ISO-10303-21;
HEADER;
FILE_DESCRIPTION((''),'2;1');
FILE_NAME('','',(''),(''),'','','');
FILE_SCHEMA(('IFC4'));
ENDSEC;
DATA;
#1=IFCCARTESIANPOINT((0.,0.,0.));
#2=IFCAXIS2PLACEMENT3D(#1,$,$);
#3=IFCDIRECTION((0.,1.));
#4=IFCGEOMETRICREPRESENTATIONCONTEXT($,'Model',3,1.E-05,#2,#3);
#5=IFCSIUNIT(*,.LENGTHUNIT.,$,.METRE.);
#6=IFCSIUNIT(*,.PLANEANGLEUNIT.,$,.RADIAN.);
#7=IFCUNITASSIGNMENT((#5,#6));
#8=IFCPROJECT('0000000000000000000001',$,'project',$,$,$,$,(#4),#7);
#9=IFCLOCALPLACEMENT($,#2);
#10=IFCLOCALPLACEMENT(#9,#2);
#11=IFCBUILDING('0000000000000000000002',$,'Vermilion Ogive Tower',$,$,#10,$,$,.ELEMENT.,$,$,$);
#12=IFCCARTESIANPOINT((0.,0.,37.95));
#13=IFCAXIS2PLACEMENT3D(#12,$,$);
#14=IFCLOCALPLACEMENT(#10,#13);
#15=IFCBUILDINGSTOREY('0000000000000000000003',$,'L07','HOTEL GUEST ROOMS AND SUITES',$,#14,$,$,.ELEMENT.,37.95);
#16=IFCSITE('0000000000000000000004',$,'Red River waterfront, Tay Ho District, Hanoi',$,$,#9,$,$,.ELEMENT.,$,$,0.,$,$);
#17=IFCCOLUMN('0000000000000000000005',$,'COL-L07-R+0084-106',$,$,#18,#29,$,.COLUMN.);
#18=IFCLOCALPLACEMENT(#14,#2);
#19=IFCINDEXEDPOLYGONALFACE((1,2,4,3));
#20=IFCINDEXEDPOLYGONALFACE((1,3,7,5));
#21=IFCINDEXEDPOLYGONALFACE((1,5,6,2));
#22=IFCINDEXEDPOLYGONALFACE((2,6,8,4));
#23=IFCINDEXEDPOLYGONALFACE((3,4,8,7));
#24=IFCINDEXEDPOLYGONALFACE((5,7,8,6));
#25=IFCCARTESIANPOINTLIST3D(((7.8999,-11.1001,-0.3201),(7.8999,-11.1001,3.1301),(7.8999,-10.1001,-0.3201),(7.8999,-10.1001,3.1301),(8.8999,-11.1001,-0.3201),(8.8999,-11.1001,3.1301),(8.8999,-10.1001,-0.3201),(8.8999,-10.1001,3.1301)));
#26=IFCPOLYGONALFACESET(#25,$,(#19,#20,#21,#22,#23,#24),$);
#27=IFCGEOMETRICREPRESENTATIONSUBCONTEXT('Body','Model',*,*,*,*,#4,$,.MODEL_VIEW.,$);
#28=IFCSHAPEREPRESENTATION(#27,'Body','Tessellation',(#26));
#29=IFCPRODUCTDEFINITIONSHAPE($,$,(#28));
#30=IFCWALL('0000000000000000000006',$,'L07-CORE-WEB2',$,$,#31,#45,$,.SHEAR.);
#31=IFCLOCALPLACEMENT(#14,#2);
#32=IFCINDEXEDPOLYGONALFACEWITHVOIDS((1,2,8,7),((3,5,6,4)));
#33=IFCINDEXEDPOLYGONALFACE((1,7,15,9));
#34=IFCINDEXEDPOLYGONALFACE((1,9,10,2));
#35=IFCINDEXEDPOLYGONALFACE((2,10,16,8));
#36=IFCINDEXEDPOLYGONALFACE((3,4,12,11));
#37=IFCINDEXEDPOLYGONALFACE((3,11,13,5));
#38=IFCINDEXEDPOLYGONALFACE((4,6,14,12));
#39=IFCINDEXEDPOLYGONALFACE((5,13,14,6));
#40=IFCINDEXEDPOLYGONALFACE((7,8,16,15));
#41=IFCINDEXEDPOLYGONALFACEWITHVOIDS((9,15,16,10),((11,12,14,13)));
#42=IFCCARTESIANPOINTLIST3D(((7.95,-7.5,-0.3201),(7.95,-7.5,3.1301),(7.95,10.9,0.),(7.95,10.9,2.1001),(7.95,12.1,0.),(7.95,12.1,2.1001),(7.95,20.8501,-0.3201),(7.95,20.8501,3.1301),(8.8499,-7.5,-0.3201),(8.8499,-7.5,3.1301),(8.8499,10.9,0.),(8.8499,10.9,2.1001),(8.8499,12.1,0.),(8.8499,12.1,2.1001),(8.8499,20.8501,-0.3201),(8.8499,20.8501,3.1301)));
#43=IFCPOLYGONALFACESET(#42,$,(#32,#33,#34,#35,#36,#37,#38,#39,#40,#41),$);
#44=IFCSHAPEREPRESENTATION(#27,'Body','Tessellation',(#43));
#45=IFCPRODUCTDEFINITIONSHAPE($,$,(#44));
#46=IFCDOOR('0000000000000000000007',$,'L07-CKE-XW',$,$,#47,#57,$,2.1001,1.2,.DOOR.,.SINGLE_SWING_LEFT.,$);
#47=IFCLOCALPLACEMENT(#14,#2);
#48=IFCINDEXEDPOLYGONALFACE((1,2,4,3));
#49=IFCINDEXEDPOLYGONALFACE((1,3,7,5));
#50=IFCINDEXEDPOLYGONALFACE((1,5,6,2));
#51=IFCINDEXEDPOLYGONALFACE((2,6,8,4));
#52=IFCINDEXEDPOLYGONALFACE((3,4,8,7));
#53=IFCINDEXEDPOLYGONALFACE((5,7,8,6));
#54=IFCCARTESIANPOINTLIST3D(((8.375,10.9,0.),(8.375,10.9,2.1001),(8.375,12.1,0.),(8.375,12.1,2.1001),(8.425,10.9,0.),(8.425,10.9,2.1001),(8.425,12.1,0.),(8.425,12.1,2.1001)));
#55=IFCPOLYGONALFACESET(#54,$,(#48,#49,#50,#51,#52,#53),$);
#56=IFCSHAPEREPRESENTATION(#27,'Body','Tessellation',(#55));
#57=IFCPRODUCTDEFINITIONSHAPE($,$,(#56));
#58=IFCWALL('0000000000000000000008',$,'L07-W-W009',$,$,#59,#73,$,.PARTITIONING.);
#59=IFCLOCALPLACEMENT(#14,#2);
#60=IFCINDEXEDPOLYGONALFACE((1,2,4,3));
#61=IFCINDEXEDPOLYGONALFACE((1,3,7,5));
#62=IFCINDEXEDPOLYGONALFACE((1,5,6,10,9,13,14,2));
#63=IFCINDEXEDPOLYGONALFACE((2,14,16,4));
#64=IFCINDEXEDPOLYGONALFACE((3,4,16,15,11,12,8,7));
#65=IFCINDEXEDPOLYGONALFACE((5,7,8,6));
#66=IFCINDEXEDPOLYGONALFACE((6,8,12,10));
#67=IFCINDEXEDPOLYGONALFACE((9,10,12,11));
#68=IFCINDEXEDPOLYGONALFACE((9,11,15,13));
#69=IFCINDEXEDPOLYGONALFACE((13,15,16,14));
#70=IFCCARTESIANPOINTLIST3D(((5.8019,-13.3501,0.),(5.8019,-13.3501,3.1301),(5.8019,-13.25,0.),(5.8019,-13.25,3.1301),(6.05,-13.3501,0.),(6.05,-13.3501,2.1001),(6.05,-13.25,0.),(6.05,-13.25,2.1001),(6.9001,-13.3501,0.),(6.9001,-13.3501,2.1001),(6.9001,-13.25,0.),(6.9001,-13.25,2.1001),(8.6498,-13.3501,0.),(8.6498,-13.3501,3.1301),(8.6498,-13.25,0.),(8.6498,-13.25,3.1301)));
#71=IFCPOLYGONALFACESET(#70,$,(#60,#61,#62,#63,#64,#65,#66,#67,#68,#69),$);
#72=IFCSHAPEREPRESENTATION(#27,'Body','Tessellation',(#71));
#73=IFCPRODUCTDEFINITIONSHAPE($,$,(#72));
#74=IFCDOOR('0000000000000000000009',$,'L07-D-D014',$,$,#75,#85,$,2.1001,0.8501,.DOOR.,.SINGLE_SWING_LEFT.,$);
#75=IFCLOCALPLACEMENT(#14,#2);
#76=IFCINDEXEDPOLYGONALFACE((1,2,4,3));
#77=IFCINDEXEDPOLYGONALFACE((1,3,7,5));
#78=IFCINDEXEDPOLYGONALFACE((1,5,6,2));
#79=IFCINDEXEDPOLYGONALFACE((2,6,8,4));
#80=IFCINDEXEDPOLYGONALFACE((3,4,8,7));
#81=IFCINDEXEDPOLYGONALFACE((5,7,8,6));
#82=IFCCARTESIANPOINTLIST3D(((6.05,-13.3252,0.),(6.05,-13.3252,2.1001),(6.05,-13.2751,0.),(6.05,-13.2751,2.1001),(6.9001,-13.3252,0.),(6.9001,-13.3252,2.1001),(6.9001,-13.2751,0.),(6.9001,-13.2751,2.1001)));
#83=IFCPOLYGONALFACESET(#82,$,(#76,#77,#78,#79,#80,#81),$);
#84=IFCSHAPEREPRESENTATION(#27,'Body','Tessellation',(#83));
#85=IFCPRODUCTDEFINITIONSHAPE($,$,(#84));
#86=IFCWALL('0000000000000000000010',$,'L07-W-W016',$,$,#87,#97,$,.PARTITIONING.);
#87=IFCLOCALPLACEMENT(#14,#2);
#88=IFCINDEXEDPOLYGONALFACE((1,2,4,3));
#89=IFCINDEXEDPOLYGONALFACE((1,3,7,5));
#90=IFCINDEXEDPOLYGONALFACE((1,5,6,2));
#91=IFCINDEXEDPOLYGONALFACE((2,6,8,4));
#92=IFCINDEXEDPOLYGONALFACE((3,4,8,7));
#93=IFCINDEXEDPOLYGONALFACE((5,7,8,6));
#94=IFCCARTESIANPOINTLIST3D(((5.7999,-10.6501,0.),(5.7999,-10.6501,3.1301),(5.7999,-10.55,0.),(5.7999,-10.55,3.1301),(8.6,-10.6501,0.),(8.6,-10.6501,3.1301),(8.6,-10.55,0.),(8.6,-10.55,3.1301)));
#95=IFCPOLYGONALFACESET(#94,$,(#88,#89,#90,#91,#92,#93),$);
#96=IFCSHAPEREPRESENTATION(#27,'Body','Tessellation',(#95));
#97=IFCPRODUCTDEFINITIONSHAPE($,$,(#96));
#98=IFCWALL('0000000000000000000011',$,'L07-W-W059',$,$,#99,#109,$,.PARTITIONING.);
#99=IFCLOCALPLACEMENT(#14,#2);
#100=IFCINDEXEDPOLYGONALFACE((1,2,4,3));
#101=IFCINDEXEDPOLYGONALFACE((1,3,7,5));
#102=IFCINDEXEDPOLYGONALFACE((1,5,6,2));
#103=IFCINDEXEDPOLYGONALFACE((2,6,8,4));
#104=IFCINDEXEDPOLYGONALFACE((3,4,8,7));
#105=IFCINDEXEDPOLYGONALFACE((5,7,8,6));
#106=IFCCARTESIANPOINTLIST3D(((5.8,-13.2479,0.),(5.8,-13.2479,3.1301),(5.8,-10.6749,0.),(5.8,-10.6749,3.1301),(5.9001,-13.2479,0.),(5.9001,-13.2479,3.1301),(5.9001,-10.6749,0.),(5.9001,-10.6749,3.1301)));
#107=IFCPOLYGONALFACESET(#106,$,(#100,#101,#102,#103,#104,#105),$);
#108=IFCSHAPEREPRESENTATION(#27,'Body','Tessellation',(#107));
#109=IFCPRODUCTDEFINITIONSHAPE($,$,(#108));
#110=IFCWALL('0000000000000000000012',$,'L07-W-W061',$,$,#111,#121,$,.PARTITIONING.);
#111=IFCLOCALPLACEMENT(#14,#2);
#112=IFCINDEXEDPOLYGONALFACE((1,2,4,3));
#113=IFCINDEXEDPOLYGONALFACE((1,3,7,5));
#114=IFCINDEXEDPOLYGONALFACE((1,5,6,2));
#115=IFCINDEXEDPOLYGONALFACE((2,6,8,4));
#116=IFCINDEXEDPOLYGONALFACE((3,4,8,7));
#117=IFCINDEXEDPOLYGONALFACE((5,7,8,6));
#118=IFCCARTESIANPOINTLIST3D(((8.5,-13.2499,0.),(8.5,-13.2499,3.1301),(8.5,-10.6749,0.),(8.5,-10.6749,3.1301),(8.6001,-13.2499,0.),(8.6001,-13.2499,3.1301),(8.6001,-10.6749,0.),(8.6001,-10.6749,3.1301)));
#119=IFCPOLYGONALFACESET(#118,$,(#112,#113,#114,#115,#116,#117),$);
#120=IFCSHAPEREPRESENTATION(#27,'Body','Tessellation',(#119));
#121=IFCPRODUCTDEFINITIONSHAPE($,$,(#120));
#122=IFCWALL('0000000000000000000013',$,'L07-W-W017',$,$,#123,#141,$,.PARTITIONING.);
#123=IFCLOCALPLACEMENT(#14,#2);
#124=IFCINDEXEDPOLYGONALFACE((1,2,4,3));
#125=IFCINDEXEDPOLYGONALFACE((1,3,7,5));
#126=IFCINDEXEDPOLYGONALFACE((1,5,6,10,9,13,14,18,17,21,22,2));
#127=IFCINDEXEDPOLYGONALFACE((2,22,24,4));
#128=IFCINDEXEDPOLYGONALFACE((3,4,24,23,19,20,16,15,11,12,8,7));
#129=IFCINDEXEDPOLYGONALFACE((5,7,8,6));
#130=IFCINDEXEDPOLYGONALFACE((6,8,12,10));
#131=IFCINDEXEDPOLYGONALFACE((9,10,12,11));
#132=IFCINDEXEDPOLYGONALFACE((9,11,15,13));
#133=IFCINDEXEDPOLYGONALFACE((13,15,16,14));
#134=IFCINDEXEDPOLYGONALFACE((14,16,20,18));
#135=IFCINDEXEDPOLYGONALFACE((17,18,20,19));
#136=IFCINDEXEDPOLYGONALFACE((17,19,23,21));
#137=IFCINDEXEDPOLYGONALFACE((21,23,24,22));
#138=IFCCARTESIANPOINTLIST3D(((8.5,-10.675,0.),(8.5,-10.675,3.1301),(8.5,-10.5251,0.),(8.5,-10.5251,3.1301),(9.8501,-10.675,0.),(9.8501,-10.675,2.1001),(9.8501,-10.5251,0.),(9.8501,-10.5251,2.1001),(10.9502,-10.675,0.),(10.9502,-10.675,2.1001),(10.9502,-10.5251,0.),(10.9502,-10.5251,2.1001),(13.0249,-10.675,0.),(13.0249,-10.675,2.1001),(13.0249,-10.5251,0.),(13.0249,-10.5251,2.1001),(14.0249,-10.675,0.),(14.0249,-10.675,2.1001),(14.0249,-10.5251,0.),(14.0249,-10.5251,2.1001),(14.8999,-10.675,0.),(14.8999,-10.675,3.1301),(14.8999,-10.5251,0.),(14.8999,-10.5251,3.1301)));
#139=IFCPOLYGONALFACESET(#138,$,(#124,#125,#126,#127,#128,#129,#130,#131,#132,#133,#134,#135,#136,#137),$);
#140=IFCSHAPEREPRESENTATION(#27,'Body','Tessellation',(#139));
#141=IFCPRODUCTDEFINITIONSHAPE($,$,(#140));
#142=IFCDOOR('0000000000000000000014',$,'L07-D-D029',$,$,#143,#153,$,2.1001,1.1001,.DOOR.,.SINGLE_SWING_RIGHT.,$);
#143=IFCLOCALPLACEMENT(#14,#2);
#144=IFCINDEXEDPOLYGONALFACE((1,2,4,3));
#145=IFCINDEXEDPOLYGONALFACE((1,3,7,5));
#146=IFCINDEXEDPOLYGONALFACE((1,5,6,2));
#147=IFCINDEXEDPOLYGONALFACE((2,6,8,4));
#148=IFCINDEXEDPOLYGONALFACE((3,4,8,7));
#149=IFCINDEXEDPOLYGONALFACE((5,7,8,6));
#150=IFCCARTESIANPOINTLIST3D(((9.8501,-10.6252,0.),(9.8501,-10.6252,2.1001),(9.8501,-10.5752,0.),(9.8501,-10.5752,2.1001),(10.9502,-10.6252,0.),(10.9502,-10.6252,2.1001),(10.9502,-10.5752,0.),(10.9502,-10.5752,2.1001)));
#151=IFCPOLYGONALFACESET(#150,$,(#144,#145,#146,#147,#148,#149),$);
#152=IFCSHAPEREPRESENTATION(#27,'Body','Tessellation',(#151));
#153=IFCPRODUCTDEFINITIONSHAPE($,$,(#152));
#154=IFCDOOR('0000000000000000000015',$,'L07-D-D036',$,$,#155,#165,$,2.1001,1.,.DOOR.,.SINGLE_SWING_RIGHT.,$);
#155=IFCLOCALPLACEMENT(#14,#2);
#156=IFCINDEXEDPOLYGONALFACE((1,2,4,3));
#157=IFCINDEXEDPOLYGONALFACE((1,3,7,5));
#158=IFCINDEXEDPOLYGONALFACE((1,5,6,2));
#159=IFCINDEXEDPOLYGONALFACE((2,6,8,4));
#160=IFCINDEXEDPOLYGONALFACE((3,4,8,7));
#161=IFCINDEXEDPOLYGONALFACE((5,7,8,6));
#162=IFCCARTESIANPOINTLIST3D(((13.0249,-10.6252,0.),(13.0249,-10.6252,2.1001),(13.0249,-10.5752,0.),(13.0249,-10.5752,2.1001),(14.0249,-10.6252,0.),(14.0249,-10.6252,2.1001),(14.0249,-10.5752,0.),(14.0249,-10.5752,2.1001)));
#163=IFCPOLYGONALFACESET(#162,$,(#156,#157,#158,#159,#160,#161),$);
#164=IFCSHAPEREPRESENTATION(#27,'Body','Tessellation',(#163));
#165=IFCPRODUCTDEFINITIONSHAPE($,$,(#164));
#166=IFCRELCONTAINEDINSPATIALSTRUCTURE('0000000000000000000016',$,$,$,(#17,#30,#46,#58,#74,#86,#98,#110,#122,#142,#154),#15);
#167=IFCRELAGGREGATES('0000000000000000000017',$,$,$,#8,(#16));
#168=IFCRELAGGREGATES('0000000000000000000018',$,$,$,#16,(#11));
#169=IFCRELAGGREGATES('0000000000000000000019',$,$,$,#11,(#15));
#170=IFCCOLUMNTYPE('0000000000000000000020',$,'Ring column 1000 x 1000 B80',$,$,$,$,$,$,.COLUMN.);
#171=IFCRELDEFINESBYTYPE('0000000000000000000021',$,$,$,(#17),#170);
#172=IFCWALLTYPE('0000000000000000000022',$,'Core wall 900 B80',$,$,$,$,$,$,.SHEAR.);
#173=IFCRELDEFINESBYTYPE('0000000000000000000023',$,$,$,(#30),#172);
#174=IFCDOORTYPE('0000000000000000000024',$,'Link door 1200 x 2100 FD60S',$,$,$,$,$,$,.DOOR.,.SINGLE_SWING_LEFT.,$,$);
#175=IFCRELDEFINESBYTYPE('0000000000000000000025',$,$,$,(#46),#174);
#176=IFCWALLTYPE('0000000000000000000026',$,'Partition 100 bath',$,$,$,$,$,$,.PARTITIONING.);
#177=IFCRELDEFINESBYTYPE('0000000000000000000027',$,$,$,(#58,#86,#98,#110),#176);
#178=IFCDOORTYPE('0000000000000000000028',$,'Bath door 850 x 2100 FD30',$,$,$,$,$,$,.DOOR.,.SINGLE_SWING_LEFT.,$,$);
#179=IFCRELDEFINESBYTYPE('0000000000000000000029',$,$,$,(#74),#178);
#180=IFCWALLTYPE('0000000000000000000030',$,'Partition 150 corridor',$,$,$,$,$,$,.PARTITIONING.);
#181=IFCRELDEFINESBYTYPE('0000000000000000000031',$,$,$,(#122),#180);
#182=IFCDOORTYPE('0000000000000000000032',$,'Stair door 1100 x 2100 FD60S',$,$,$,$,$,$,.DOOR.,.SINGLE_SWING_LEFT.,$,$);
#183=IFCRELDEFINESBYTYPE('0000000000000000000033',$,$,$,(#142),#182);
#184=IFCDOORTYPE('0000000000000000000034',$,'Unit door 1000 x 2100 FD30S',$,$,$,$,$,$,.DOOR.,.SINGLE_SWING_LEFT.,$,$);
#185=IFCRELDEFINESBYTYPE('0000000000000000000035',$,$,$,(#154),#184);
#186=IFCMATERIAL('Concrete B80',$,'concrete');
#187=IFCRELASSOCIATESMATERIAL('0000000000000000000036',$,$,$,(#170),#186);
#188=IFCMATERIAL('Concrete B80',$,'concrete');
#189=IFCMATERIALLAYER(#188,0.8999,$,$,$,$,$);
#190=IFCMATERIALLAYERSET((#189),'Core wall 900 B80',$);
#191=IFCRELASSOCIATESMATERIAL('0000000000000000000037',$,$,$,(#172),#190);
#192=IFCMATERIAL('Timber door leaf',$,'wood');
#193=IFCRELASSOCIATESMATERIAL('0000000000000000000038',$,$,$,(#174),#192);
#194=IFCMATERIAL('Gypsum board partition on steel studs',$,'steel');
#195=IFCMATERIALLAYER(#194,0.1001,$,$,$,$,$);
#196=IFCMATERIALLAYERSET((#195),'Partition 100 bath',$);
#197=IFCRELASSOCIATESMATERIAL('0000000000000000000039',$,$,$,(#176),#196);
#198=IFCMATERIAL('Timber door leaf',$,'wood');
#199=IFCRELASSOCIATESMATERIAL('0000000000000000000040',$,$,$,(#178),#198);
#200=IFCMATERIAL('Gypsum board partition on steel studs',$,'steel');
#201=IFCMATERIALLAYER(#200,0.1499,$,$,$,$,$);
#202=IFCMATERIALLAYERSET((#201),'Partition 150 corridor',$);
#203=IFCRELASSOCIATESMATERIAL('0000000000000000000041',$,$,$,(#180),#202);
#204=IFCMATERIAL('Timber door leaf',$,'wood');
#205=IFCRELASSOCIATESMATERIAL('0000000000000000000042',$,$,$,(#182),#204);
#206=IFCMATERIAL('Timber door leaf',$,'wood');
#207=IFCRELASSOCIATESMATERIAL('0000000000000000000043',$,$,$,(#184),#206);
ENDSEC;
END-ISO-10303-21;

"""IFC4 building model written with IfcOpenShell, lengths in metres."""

from ifc_helpers import new_model, si_unit, direction, frame, frame_2d, origin, origin_2d, place, context, subcontext, project, spatial, rectangle, extrude, material, layer, layer_set, material_profile, profile_set, type_object, element, fill, save


model = new_model("IFC4")

# Units and contexts
model_context = context("Model", 3, precision=1e-05, world=origin(), true_north=direction((0.0, 1.0)))
body_context = subcontext(model_context, "Body", "Model", "MODEL_VIEW")
ifc_project = project(units=[si_unit("LENGTHUNIT", "METRE"), si_unit("PLANEANGLEUNIT", "RADIAN")], contexts=[model_context])

# Site, building, storey
site_placement = place(None, origin())
site = spatial("IfcSite", under=ifc_project, at=site_placement, Name="Red River waterfront, Tay Ho District, Hanoi", CompositionType="ELEMENT", RefElevation=0.0)
building_placement = place(site_placement, origin())
building = spatial("IfcBuilding", under=site, at=building_placement, Name="Vermilion Ogive Tower", CompositionType="ELEMENT")
storey_placement = place(building_placement, frame((0.0, 0.0, 37.95)))
storey = spatial("IfcBuildingStorey", under=building, at=storey_placement, Name="L07", Description="HOTEL GUEST ROOMS AND SUITES", CompositionType="ELEMENT", Elevation=37.95)

# Column
ifc_material_1 = material(Name="Concrete B80", Category="concrete")
ifc_material_profile = material_profile(ifc_material_1, rectangle(XDim=1.0, YDim=1.0, at=origin_2d()), Name="1000 x 1000")
ifc_profile_set = profile_set([ifc_material_profile], Name="Concrete B80")
column_type = type_object("IfcColumnType", Name="Ring column 1000 x 1000 B80", PredefinedType="COLUMN", material=ifc_profile_set)
column_placement = place(storey_placement, frame((8.3999, -10.6001, -0.3201), z_axis=(0.0, 0.0, 1.0), x_axis=(1.0, 0.0, 0.0)))
element("IfcColumn", 1, at=column_placement, inside=storey, type_object=column_type, Name="COL-L07-R+0084-106", PredefinedType="COLUMN", context=body_context, shape_type="SweptSolid", body=[
    extrude(rectangle(XDim=1.0, YDim=1.0, at=origin_2d()), origin(), (0.0, 0.0, 1.0), 3.4502),
])

# Walls, openings, doors
ifc_material_2 = material(Name="Concrete B80", Category="concrete")
ifc_layer_1 = layer(ifc_material_2, 0.8999)
ifc_layer_set_1 = layer_set([ifc_layer_1], Name="Core wall 900 B80")
wall_type_1 = type_object("IfcWallType", Name="Core wall 900 B80", PredefinedType="SHEAR", material=ifc_layer_set_1)
wall_1_placement = place(storey_placement, frame((8.3999, -7.5, -0.3201), z_axis=(0.0, 0.0, 1.0), x_axis=(0.0, 1.0, 0.0)))
wall_1 = element("IfcWall", 2, at=wall_1_placement, inside=storey, type_object=wall_type_1, Name="L07-CORE-WEB2", PredefinedType="SHEAR", context=body_context, shape_type="SweptSolid", body=[
    extrude(rectangle(XDim=28.3501, YDim=0.8999, at=frame_2d((14.175, 0.0))), origin(), (0.0, 0.0, 1.0), 3.4502),
])
opening_1_placement = place(wall_1_placement, frame((18.3999, 0.0, 0.3201)))
opening_1 = element("IfcOpeningElement", 3, at=opening_1_placement, cuts=wall_1, PredefinedType="OPENING", context=body_context, shape_type="SweptSolid", body=[
    extrude(rectangle(XDim=1.2, YDim=2.1001, at=frame_2d((0.6001, 1.05))), frame((0.0, 0.46, 0.0), z_axis=(0.0, -1.0, 0.0), x_axis=(1.0, 0.0, 0.0)), (0.0, 0.0, 1.0), 0.9199),
])
ifc_material_3 = material(Name="Timber door leaf", Category="wood")
door_type_1 = type_object("IfcDoorType", Name="Link door 1200 x 2100 FD60S", OperationType="SINGLE_SWING_LEFT", PredefinedType="DOOR", material=ifc_material_3)
door_1_placement = place(opening_1_placement, origin())
door_1 = element("IfcDoor", 4, at=door_1_placement, inside=storey, type_object=door_type_1, Name="L07-CKE-XW", OperationType="SINGLE_SWING_LEFT", OverallHeight=2.1001, OverallWidth=1.2, PredefinedType="DOOR", context=body_context, shape_type="SweptSolid", body=[
    extrude(rectangle(XDim=1.2, YDim=2.1001, at=frame_2d((0.6001, 1.05))), frame((0.0, 0.0249, 0.0), z_axis=(0.0, -1.0, 0.0), x_axis=(1.0, 0.0, 0.0)), (0.0, 0.0, 1.0), 0.05),
])
fill(opening_1, door_1)
ifc_material_4 = material(Name="Gypsum board partition on steel studs", Category="steel")
ifc_layer_2 = layer(ifc_material_4, 0.1001)
ifc_layer_set_2 = layer_set([ifc_layer_2], Name="Partition 100 bath")
wall_type_2 = type_object("IfcWallType", Name="Partition 100 bath", PredefinedType="PARTITIONING", material=ifc_layer_set_2)
wall_2_placement = place(storey_placement, frame((5.802, -13.3, 0.0), z_axis=(0.0, 0.0, 1.0), x_axis=(1.0, 0.0, 0.0)))
wall_2 = element("IfcWall", 5, at=wall_2_placement, inside=storey, type_object=wall_type_2, Name="L07-W-W009", PredefinedType="PARTITIONING", context=body_context, shape_type="SweptSolid", body=[
    extrude(rectangle(XDim=2.8479, YDim=0.1001, at=frame_2d((1.4238, 0.0))), origin(), (0.0, 0.0, 1.0), 3.1301),
])
opening_2_placement = place(wall_2_placement, frame((0.248, 0.0, 0.0)))
opening_2 = element("IfcOpeningElement", 6, at=opening_2_placement, cuts=wall_2, PredefinedType="OPENING", context=body_context, shape_type="SweptSolid", body=[
    extrude(rectangle(XDim=0.8501, YDim=2.1001, at=frame_2d((0.425, 1.05))), frame((0.0, 0.0601, 0.0), z_axis=(0.0, -1.0, 0.0), x_axis=(1.0, 0.0, 0.0)), (0.0, 0.0, 1.0), 0.1201),
])
ifc_material_5 = material(Name="Timber door leaf", Category="wood")
door_type_2 = type_object("IfcDoorType", Name="Bath door 850 x 2100 FD30", OperationType="SINGLE_SWING_LEFT", PredefinedType="DOOR", material=ifc_material_5)
door_2_placement = place(opening_2_placement, origin())
door_2 = element("IfcDoor", 7, at=door_2_placement, inside=storey, type_object=door_type_2, Name="L07-D-D014", OperationType="SINGLE_SWING_LEFT", OverallHeight=2.1001, OverallWidth=0.8501, PredefinedType="DOOR", context=body_context, shape_type="SweptSolid", body=[
    extrude(rectangle(XDim=0.8501, YDim=2.1001, at=frame_2d((0.425, 1.05))), frame((0.0, 0.0249, 0.0), z_axis=(0.0, -1.0, 0.0), x_axis=(1.0, 0.0, 0.0)), (0.0, 0.0, 1.0), 0.05),
])
fill(opening_2, door_2)

# Walls
wall_3_placement = place(storey_placement, frame((5.8, -10.6001, 0.0), z_axis=(0.0, 0.0, 1.0), x_axis=(1.0, 0.0, 0.0)))
element("IfcWall", 8, at=wall_3_placement, inside=storey, type_object=wall_type_2, Name="L07-W-W016", PredefinedType="PARTITIONING", context=body_context, shape_type="SweptSolid", body=[
    extrude(rectangle(XDim=2.8, YDim=0.1001, at=frame_2d((1.3999, 0.0))), origin(), (0.0, 0.0, 1.0), 3.1301),
])
wall_4_placement = place(storey_placement, frame((5.8501, -13.248, 0.0), z_axis=(0.0, 0.0, 1.0), x_axis=(0.0, 1.0, 0.0)))
element("IfcWall", 9, at=wall_4_placement, inside=storey, type_object=wall_type_2, Name="L07-W-W059", PredefinedType="PARTITIONING", context=body_context, shape_type="SweptSolid", body=[
    extrude(rectangle(XDim=2.573, YDim=0.1001, at=frame_2d((1.2866, 0.0))), origin(), (0.0, 0.0, 1.0), 3.1301),
])
wall_5_placement = place(storey_placement, frame((8.55, -13.25, 0.0), z_axis=(0.0, 0.0, 1.0), x_axis=(0.0, 1.0, 0.0)))
element("IfcWall", 10, at=wall_5_placement, inside=storey, type_object=wall_type_2, Name="L07-W-W061", PredefinedType="PARTITIONING", context=body_context, shape_type="SweptSolid", body=[
    extrude(rectangle(XDim=2.575, YDim=0.1001, at=frame_2d((1.2876, 0.0))), origin(), (0.0, 0.0, 1.0), 3.1301),
])

# Wall, openings, doors
ifc_material_6 = material(Name="Gypsum board partition on steel studs", Category="steel")
ifc_layer_3 = layer(ifc_material_6, 0.1499)
ifc_layer_set_3 = layer_set([ifc_layer_3], Name="Partition 150 corridor")
wall_type_3 = type_object("IfcWallType", Name="Partition 150 corridor", PredefinedType="PARTITIONING", material=ifc_layer_set_3)
wall_6_placement = place(storey_placement, frame((8.5, -10.6001, 0.0), z_axis=(0.0, 0.0, 1.0), x_axis=(1.0, 0.0, 0.0)))
wall_6 = element("IfcWall", 11, at=wall_6_placement, inside=storey, type_object=wall_type_3, Name="L07-W-W017", PredefinedType="PARTITIONING", context=body_context, shape_type="SweptSolid", body=[
    extrude(rectangle(XDim=6.3999, YDim=0.1499, at=frame_2d((3.2, 0.0))), origin(), (0.0, 0.0, 1.0), 3.1301),
])
opening_3_placement = place(wall_6_placement, frame((1.3501, 0.0, 0.0)))
opening_3 = element("IfcOpeningElement", 12, at=opening_3_placement, cuts=wall_6, PredefinedType="OPENING", context=body_context, shape_type="SweptSolid", body=[
    extrude(rectangle(XDim=1.1001, YDim=2.1001, at=frame_2d((0.55, 1.05))), frame((0.0, 0.085, 0.0), z_axis=(0.0, -1.0, 0.0), x_axis=(1.0, 0.0, 0.0)), (0.0, 0.0, 1.0), 0.1699),
])
opening_4_placement = place(wall_6_placement, frame((4.5249, 0.0, 0.0)))
opening_4 = element("IfcOpeningElement", 13, at=opening_4_placement, cuts=wall_6, PredefinedType="OPENING", context=body_context, shape_type="SweptSolid", body=[
    extrude(rectangle(XDim=1.0, YDim=2.1001, at=frame_2d((0.5, 1.05))), frame((0.0, 0.085, 0.0), z_axis=(0.0, -1.0, 0.0), x_axis=(1.0, 0.0, 0.0)), (0.0, 0.0, 1.0), 0.1699),
])
ifc_material_7 = material(Name="Timber door leaf", Category="wood")
door_type_3 = type_object("IfcDoorType", Name="Stair door 1100 x 2100 FD60S", OperationType="SINGLE_SWING_LEFT", PredefinedType="DOOR", material=ifc_material_7)
door_3_placement = place(opening_3_placement, origin())
door_3 = element("IfcDoor", 14, at=door_3_placement, inside=storey, type_object=door_type_3, Name="L07-D-D029", OperationType="SINGLE_SWING_RIGHT", OverallHeight=2.1001, OverallWidth=1.1001, PredefinedType="DOOR", context=body_context, shape_type="SweptSolid", body=[
    extrude(rectangle(XDim=1.1001, YDim=2.1001, at=frame_2d((0.55, 1.05))), frame((0.0, 0.0249, 0.0), z_axis=(0.0, -1.0, 0.0), x_axis=(1.0, 0.0, 0.0)), (0.0, 0.0, 1.0), 0.05),
])
fill(opening_3, door_3)
ifc_material_8 = material(Name="Timber door leaf", Category="wood")
door_type_4 = type_object("IfcDoorType", Name="Unit door 1000 x 2100 FD30S", OperationType="SINGLE_SWING_LEFT", PredefinedType="DOOR", material=ifc_material_8)
door_4_placement = place(opening_4_placement, origin())
door_4 = element("IfcDoor", 15, at=door_4_placement, inside=storey, type_object=door_type_4, Name="L07-D-D036", OperationType="SINGLE_SWING_RIGHT", OverallHeight=2.1001, OverallWidth=1.0, PredefinedType="DOOR", context=body_context, shape_type="SweptSolid", body=[
    extrude(rectangle(XDim=1.0, YDim=2.1001, at=frame_2d((0.5, 1.05))), frame((0.0, 0.0249, 0.0), z_axis=(0.0, -1.0, 0.0), x_axis=(1.0, 0.0, 0.0)), (0.0, 0.0, 1.0), 0.05),
])
fill(opening_4, door_4)

save(model, "model.ifc")
